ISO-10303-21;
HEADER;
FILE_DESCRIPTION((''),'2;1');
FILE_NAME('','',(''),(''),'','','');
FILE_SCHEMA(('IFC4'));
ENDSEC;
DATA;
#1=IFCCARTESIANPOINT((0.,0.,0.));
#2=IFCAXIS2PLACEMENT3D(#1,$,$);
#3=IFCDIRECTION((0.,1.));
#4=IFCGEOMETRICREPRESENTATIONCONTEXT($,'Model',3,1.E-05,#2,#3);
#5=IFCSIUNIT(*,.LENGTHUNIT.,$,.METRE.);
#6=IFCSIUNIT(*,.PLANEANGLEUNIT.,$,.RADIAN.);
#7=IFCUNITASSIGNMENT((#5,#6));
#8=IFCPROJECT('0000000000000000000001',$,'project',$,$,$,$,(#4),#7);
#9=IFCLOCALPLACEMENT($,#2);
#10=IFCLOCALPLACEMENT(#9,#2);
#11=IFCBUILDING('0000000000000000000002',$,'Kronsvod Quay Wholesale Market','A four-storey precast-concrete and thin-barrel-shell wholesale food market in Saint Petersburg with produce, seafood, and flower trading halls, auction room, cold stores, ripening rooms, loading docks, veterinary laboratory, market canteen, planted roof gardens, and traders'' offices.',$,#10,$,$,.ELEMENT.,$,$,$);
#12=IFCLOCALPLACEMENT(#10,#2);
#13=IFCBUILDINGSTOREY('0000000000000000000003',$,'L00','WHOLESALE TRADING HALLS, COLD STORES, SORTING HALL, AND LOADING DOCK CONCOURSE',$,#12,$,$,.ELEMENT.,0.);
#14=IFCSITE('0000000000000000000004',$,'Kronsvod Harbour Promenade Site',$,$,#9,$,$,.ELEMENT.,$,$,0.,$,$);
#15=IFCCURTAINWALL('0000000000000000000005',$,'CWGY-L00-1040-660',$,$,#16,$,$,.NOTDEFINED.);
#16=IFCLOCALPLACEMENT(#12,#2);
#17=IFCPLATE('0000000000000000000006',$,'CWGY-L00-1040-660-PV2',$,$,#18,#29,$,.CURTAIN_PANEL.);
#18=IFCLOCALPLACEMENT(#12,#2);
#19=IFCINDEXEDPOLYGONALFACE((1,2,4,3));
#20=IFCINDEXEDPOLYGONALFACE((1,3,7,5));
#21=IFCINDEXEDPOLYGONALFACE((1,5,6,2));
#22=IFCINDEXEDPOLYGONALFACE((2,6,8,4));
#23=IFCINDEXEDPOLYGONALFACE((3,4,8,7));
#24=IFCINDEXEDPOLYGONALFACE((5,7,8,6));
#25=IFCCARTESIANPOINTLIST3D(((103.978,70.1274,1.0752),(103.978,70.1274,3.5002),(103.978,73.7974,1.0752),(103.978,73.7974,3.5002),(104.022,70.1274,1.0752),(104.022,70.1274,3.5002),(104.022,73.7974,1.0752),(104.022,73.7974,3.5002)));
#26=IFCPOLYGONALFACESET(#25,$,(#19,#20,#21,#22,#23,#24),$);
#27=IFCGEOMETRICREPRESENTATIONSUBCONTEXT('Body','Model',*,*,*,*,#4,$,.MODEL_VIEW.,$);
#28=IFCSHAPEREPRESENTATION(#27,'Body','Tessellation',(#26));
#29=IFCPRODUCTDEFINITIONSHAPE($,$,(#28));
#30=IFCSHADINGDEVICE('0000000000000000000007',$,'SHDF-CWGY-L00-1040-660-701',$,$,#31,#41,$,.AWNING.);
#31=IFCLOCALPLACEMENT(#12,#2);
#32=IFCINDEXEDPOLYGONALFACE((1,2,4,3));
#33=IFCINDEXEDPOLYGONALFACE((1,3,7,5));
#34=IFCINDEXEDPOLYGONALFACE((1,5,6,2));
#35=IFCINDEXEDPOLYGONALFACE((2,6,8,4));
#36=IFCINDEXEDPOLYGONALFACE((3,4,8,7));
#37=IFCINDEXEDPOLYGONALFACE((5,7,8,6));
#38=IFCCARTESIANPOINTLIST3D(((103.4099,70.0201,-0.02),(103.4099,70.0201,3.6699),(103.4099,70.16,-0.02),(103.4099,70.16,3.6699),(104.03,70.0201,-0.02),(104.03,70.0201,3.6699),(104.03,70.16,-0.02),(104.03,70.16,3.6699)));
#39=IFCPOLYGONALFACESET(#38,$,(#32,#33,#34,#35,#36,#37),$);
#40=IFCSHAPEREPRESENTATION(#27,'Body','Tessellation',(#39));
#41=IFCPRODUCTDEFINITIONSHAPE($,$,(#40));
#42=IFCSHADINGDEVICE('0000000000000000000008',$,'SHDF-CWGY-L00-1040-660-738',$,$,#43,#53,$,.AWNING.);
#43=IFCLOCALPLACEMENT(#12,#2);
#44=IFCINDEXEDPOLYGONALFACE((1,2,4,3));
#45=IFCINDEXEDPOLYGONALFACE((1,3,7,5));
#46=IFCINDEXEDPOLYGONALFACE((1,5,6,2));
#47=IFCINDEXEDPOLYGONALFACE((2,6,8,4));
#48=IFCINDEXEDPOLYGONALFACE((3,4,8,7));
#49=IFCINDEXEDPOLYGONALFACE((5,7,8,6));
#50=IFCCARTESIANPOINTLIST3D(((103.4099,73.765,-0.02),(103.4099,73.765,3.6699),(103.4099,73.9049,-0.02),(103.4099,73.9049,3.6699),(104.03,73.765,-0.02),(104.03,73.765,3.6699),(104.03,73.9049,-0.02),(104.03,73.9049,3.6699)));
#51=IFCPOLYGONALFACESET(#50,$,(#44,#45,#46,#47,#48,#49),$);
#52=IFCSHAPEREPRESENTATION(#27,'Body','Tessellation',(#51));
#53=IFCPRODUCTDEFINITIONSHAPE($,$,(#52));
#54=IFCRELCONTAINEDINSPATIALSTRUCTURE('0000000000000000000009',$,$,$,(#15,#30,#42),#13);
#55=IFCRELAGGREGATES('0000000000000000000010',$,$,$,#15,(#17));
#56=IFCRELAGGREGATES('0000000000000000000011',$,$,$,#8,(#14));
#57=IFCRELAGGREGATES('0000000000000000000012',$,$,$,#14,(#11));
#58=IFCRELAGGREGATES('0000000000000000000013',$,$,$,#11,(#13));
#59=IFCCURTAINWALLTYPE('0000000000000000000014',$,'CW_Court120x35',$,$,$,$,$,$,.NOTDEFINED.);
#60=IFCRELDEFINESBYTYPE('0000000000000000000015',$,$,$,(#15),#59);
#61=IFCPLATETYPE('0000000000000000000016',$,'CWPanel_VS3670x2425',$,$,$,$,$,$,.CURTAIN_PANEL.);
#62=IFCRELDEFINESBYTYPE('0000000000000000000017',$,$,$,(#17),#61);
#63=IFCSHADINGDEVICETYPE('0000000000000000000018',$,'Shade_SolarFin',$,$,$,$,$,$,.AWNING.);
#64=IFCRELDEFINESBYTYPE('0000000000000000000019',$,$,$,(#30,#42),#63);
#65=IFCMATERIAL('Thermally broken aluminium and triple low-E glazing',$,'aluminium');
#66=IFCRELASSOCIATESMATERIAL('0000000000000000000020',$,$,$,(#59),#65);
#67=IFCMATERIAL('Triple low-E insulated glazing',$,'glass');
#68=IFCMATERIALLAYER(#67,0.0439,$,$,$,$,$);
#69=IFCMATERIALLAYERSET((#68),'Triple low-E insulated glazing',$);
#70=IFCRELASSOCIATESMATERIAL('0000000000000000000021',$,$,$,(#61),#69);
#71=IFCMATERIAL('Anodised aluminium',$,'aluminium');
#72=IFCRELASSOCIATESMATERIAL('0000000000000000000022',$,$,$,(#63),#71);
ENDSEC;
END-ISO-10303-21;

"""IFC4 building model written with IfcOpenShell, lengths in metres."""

from ifc_helpers import new_model, si_unit, direction, frame, origin, origin_2d, place, context, subcontext, project, spatial, rectangle, extrude, material, layer, layer_set, type_object, element, aggregate, save


model = new_model("IFC4")

# Units and contexts
model_context = context("Model", 3, precision=1e-05, world=origin(), true_north=direction((0.0, 1.0)))
body_context = subcontext(model_context, "Body", "Model", "MODEL_VIEW")
ifc_project = project(units=[si_unit("LENGTHUNIT", "METRE"), si_unit("PLANEANGLEUNIT", "RADIAN")], contexts=[model_context])

# Site, building, storey
site_placement = place(None, origin())
site = spatial("IfcSite", under=ifc_project, at=site_placement, Name="Kronsvod Harbour Promenade Site", CompositionType="ELEMENT", RefElevation=0.0)
building_placement = place(site_placement, origin())
building = spatial("IfcBuilding", under=site, at=building_placement, Name="Kronsvod Quay Wholesale Market", Description="A four-storey precast-concrete and thin-barrel-shell wholesale food market in Saint Petersburg with produce, seafood, and flower trading halls, auction room, cold stores, ripening rooms, loading docks, veterinary laboratory, market canteen, planted roof gardens, and traders' offices.", CompositionType="ELEMENT")
storey_placement = place(building_placement, origin())
storey = spatial("IfcBuildingStorey", under=building, at=storey_placement, Name="L00", Description="WHOLESALE TRADING HALLS, COLD STORES, SORTING HALL, AND LOADING DOCK CONCOURSE", CompositionType="ELEMENT", Elevation=0.0)

# Shared definitions
ifc_material_1 = material(Name="Thermally broken aluminium and triple low-E glazing", Category="aluminium")
curtain_wall_type = type_object("IfcCurtainWallType", Name="CW_Court120x35", PredefinedType="NOTDEFINED", material=ifc_material_1)

# Curtain wall
curtain_wall_1_placement = place(storey_placement, origin())
curtain_wall_1 = element("IfcCurtainWall", 1, at=curtain_wall_1_placement, inside=storey, type_object=curtain_wall_type, Name="CWGY-L00-1040-660", PredefinedType="NOTDEFINED")

# Plate
ifc_material_2 = material(Name="Triple low-E insulated glazing", Category="glass")
ifc_layer_1 = layer(ifc_material_2, 0.0439)
ifc_layer_set_1 = layer_set([ifc_layer_1], Name="Triple low-E insulated glazing")
plate_type_1 = type_object("IfcPlateType", Name="CWPanel_VS3670x2425", PredefinedType="CURTAIN_PANEL", material=ifc_layer_set_1)
plate_1_placement = place(storey_placement, frame((104.0, 71.9624, 1.0752), z_axis=(0.0, 0.0, 1.0), x_axis=(0.0, -1.0, 0.0)))
plate_1 = element("IfcPlate", 2, at=plate_1_placement, type_object=plate_type_1, Name="CWGY-L00-1040-660-PV2", PredefinedType="CURTAIN_PANEL", context=body_context, shape_type="SweptSolid", body=[
    extrude(rectangle(XDim=3.6699, YDim=0.0439, at=origin_2d()), origin(), (0.0, 0.0, 1.0), 2.425),
])
aggregate(curtain_wall_1, [plate_1])

# Shading devices
ifc_material_3 = material(Name="Anodised aluminium", Category="aluminium")
shading_device_type = type_object("IfcShadingDeviceType", Name="Shade_SolarFin", PredefinedType="AWNING", material=ifc_material_3)
for number, where, z_axis, x_axis, name in (
    (3, (103.72, 70.0901, -0.02), (0.0, 0.0, 1.0), (1.0, 0.0, 0.0), "SHDF-CWGY-L00-1040-660-701"),
    (4, (103.72, 73.835, -0.02), (0.0, 0.0, 1.0), (1.0, 0.0, 0.0), "SHDF-CWGY-L00-1040-660-738"),
):
    element("IfcShadingDevice", number, at=place(storey_placement, frame(where, z_axis=z_axis, x_axis=x_axis)), inside=storey, type_object=shading_device_type, Name=name, PredefinedType="AWNING", context=body_context, shape_type="SweptSolid", body=[
        extrude(rectangle(XDim=0.6201, YDim=0.1399, at=origin_2d()), origin(), (0.0, 0.0, 1.0), 3.6899),
    ])

save(model, "model.ifc")
